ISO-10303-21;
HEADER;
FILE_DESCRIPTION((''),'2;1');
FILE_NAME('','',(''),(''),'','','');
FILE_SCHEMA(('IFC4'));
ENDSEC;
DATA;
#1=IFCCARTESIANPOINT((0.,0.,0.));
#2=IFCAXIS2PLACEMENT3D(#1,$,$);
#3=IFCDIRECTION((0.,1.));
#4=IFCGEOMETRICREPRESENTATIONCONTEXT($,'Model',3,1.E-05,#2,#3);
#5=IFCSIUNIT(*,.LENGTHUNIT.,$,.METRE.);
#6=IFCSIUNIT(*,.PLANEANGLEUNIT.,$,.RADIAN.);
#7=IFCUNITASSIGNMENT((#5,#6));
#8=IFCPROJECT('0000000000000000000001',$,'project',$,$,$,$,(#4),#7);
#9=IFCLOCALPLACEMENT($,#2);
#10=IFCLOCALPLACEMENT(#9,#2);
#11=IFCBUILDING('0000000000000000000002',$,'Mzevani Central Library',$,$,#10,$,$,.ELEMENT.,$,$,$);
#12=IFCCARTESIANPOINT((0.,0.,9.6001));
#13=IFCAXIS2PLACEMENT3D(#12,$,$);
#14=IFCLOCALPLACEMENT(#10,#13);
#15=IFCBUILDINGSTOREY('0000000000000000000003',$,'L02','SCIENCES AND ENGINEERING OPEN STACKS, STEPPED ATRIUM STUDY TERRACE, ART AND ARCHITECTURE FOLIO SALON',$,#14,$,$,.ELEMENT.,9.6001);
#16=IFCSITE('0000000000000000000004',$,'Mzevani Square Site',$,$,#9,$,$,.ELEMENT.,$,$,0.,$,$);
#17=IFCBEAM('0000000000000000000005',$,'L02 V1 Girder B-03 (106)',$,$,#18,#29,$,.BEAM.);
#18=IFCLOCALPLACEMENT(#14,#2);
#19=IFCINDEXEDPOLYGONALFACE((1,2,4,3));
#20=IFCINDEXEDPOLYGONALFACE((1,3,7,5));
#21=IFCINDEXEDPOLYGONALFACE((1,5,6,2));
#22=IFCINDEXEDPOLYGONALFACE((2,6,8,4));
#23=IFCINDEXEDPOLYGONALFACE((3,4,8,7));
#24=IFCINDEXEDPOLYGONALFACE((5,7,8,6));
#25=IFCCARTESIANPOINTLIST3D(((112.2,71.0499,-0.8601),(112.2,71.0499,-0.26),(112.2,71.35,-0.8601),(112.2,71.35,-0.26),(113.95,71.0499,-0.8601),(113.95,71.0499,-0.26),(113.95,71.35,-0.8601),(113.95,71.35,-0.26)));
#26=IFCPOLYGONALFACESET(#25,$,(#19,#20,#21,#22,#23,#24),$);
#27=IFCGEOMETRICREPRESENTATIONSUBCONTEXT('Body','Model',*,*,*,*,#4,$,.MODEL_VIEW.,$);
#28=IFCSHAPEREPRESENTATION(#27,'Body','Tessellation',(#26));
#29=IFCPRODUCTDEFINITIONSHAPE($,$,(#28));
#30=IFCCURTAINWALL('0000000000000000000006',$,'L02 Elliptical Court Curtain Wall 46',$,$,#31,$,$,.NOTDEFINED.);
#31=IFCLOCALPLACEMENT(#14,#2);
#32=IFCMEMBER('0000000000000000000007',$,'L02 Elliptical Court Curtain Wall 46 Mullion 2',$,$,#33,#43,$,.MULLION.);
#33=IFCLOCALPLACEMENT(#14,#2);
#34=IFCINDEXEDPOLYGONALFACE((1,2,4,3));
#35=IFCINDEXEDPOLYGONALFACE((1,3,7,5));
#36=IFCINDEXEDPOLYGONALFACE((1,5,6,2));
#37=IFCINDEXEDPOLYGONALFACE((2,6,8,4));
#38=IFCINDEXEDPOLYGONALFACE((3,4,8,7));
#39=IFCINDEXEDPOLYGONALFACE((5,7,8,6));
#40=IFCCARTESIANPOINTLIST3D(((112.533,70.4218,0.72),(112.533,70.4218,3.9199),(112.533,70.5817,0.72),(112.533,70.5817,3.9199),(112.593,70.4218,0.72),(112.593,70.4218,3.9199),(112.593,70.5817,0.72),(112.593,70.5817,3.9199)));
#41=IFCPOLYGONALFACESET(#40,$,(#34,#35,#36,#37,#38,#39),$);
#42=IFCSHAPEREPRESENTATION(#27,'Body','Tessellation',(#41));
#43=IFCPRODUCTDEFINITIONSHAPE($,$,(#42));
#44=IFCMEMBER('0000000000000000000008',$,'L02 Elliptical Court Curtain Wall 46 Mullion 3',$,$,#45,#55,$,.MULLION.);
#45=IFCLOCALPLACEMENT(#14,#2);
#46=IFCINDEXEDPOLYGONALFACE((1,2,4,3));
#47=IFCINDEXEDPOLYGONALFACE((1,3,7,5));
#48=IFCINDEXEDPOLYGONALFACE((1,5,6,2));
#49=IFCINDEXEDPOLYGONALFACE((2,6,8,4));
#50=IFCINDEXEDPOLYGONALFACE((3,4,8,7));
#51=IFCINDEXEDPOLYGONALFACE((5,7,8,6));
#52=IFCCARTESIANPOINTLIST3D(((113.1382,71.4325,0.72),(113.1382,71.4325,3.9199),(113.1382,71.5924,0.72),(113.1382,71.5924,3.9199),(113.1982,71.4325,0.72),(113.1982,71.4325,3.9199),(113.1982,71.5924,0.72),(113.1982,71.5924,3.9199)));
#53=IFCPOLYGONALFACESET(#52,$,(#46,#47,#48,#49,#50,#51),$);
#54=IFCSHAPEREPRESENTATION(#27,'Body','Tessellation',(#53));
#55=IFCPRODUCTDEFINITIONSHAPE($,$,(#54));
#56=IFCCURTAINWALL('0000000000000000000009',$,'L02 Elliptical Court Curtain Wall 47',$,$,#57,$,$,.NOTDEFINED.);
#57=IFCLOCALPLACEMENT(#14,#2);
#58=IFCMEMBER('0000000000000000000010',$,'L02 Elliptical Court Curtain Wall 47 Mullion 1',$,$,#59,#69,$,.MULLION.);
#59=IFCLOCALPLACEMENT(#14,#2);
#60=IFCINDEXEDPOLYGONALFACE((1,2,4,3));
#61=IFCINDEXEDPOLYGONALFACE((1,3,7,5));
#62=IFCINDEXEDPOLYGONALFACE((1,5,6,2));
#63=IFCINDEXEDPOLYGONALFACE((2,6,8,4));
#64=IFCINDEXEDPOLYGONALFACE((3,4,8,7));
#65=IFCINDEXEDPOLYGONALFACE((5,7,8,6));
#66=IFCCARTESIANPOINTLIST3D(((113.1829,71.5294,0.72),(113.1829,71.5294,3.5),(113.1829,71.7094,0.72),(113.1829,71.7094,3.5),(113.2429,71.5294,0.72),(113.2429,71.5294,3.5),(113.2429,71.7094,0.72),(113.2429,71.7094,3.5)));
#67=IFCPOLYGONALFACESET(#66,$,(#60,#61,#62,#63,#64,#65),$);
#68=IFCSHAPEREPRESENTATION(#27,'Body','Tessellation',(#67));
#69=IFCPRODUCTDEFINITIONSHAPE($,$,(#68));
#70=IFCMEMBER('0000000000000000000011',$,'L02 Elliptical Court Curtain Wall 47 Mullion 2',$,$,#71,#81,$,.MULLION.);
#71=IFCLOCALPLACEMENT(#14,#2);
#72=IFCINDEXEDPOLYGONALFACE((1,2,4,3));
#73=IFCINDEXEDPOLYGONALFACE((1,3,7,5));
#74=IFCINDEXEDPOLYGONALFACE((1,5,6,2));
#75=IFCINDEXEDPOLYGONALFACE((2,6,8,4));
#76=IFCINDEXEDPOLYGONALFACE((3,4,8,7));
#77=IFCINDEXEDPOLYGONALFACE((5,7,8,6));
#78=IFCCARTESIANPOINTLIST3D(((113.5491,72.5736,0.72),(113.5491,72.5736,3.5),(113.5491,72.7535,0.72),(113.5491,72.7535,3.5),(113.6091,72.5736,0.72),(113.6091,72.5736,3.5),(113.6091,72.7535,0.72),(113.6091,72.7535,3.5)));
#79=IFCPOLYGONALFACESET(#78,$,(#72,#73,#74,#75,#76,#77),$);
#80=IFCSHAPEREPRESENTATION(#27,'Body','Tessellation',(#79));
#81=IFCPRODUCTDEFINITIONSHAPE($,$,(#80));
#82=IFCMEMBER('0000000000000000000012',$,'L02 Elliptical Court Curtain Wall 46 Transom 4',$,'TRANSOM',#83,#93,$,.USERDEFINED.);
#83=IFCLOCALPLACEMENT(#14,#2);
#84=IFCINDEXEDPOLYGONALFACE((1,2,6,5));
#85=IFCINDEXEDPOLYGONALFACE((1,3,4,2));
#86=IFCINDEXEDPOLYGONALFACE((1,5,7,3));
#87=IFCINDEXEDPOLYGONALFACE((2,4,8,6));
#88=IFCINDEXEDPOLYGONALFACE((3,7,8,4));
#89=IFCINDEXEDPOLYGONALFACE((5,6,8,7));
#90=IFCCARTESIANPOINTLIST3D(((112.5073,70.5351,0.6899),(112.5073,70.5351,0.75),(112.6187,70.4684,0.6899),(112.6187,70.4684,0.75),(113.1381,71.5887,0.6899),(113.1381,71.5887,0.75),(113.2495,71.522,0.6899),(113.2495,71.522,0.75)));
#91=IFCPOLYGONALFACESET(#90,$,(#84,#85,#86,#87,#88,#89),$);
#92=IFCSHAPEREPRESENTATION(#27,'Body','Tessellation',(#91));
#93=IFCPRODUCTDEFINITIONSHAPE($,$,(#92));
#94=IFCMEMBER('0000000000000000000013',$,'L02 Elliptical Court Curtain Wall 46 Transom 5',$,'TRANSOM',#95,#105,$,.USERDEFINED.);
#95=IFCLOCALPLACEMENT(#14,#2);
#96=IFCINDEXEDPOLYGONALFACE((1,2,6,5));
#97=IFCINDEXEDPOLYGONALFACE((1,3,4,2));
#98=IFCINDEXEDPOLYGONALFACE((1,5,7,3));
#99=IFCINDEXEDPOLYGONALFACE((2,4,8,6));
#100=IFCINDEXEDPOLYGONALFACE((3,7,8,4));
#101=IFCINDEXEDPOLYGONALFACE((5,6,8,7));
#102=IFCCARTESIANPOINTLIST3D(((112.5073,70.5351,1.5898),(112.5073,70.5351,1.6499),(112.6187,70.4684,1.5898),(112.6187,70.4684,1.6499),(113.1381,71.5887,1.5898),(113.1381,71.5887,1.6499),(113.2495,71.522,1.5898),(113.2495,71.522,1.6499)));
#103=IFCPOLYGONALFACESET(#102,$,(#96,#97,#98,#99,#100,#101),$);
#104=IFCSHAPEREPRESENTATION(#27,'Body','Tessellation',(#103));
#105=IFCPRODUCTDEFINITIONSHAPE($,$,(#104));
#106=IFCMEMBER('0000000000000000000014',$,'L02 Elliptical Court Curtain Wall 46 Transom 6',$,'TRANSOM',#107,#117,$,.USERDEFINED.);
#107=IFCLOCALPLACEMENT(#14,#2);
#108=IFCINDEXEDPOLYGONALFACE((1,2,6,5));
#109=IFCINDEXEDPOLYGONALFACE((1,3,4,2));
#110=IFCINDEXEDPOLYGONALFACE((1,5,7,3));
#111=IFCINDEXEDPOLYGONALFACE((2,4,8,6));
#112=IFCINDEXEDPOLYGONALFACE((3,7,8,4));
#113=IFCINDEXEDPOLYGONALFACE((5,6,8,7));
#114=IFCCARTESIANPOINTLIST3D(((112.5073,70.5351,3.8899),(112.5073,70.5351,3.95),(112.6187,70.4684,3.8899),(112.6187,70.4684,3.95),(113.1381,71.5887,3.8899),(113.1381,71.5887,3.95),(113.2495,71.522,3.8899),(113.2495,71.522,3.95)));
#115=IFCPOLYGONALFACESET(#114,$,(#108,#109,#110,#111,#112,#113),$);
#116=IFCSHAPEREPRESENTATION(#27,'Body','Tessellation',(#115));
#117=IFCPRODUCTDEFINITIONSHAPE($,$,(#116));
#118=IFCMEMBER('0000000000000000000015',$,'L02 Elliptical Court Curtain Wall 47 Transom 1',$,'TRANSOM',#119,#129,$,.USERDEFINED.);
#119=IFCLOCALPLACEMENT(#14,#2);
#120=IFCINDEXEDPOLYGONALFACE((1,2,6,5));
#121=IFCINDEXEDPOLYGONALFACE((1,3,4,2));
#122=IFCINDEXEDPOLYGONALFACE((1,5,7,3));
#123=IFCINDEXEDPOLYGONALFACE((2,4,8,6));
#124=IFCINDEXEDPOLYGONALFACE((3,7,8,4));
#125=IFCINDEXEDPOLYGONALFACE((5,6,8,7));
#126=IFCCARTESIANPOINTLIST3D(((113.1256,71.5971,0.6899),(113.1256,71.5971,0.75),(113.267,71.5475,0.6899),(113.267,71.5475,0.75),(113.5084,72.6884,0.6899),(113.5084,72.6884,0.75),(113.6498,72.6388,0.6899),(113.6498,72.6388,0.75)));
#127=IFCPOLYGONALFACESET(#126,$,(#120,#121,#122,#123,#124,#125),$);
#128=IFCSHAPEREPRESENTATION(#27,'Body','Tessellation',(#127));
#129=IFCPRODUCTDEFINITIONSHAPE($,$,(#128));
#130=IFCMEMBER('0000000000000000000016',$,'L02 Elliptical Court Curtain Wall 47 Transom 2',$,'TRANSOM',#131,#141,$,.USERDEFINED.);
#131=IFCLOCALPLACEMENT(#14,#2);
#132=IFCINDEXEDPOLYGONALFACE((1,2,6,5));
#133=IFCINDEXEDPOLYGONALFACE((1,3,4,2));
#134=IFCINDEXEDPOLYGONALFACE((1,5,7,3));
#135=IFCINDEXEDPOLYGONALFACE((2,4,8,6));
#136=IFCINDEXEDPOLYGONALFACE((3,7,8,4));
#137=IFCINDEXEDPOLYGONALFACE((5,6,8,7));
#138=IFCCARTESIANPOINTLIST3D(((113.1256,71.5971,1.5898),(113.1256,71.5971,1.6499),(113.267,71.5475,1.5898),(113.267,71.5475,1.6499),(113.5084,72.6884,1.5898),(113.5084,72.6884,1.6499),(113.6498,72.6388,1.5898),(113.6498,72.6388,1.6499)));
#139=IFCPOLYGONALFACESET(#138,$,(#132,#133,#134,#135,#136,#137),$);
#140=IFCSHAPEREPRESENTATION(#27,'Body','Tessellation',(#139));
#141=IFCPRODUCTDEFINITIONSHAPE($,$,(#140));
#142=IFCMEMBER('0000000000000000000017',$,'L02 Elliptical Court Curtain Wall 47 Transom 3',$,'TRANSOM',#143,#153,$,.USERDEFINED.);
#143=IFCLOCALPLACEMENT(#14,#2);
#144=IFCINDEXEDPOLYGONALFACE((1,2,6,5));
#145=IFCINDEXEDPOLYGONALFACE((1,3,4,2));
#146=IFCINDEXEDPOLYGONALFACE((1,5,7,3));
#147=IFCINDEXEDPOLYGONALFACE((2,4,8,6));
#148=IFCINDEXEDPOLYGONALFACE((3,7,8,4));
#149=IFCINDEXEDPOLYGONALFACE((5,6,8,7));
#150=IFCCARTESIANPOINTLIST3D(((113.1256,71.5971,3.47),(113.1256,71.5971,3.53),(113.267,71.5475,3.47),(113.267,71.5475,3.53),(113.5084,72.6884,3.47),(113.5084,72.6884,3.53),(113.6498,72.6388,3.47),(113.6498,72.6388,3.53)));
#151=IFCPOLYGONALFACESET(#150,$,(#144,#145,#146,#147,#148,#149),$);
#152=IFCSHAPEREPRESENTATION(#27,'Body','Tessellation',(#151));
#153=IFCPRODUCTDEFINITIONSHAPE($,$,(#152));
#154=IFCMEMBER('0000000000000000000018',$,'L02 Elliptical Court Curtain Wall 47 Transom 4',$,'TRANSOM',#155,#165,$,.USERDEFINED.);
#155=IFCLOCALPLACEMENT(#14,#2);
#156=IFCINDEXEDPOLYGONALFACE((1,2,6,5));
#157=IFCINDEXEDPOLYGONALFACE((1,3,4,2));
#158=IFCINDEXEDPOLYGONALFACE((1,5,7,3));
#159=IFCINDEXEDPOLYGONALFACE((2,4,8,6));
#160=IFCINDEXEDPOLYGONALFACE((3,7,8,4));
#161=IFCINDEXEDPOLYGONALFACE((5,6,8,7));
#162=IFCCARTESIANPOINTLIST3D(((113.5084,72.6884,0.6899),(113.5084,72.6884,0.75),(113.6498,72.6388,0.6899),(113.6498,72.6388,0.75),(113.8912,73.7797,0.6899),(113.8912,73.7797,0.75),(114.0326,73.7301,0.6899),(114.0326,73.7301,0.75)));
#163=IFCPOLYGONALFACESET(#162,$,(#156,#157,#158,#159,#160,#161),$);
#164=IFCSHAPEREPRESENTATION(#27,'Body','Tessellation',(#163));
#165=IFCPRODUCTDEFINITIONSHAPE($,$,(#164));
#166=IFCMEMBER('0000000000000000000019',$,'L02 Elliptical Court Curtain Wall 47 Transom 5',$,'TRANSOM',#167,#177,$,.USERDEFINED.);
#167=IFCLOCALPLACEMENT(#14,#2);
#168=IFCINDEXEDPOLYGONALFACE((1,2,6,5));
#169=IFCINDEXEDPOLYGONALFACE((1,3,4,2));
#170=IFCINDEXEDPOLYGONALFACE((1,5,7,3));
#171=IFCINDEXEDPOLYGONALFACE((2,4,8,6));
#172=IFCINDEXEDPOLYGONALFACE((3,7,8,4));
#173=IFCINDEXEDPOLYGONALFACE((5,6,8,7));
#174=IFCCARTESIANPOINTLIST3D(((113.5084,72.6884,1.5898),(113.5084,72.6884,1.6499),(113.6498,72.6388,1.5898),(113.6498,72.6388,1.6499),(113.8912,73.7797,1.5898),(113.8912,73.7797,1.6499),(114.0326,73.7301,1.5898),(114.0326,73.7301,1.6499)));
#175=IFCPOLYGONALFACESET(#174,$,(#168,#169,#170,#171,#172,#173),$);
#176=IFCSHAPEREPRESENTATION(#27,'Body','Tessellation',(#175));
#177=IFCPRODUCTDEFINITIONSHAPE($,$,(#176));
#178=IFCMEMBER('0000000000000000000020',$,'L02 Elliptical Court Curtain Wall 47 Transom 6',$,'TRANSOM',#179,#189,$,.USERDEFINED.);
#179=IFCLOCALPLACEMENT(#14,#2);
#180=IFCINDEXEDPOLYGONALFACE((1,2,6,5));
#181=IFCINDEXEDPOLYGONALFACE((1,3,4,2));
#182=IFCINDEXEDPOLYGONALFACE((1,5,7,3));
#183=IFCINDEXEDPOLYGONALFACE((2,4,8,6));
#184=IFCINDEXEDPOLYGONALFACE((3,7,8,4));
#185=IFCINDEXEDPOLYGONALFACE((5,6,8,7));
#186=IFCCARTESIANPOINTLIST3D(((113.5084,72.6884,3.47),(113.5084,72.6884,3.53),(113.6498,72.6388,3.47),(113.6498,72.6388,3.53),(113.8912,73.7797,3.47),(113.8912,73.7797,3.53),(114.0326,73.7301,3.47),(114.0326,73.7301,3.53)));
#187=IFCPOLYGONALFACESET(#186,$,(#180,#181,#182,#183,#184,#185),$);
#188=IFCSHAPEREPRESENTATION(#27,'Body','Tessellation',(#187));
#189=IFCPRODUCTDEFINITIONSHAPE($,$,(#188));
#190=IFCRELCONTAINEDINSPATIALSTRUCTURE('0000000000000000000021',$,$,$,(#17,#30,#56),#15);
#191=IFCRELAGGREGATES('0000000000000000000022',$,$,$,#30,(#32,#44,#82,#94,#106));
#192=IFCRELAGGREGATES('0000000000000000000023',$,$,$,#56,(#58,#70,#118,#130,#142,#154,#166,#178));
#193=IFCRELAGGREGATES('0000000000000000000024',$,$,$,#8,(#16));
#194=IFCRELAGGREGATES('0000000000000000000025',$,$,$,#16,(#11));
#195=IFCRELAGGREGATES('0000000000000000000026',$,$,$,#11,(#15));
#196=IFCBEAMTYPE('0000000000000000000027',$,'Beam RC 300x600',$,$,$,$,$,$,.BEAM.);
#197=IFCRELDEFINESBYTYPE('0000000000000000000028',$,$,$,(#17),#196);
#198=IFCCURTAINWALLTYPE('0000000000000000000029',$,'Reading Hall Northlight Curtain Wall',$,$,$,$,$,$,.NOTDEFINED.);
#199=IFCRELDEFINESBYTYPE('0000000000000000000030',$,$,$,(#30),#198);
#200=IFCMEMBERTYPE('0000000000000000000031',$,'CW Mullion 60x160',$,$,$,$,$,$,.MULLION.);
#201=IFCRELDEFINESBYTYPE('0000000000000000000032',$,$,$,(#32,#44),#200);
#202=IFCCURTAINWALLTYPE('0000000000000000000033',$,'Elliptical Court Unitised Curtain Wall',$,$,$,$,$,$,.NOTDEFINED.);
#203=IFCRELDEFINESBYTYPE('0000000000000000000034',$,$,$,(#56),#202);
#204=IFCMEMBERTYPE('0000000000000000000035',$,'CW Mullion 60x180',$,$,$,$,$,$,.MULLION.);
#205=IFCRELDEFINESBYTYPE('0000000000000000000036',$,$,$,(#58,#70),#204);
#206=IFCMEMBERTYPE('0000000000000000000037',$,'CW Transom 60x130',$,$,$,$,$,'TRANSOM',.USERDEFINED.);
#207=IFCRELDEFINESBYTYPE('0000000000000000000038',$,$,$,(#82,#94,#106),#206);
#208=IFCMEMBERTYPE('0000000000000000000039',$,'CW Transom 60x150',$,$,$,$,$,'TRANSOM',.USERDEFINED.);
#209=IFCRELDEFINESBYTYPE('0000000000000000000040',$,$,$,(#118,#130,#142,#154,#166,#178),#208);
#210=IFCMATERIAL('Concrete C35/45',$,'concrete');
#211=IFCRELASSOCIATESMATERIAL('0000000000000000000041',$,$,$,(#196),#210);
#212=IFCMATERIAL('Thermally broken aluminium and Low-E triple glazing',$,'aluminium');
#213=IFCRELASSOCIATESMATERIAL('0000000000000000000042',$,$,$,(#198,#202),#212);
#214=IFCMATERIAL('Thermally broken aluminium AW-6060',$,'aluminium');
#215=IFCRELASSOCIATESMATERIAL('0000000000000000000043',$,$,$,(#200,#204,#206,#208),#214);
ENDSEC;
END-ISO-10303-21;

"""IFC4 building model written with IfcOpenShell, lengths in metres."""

from ifc_helpers import new_model, si_unit, direction, frame, origin, origin_2d, place, context, subcontext, project, spatial, rectangle, extrude, material, material_profile, profile_set, type_object, element, aggregate, save


model = new_model("IFC4")

# Units and contexts
model_context = context("Model", 3, precision=1e-05, world=origin(), true_north=direction((0.0, 1.0)))
body_context = subcontext(model_context, "Body", "Model", "MODEL_VIEW")
ifc_project = project(units=[si_unit("LENGTHUNIT", "METRE"), si_unit("PLANEANGLEUNIT", "RADIAN")], contexts=[model_context])

# Site, building, storey
site_placement = place(None, origin())
site = spatial("IfcSite", under=ifc_project, at=site_placement, Name="Mzevani Square Site", CompositionType="ELEMENT", RefElevation=0.0)
building_placement = place(site_placement, origin())
building = spatial("IfcBuilding", under=site, at=building_placement, Name="Mzevani Central Library", CompositionType="ELEMENT")
storey_placement = place(building_placement, frame((0.0, 0.0, 9.6001)))
storey = spatial("IfcBuildingStorey", under=building, at=storey_placement, Name="L02", Description="SCIENCES AND ENGINEERING OPEN STACKS, STEPPED ATRIUM STUDY TERRACE, ART AND ARCHITECTURE FOLIO SALON", CompositionType="ELEMENT", Elevation=9.6001)

# Beam
ifc_material_1 = material(Name="Concrete C35/45", Category="concrete")
ifc_material_profile_1 = material_profile(ifc_material_1, rectangle(XDim=0.3, YDim=0.6001, at=origin_2d()), Name="RC B300x600")
ifc_profile_set_1 = profile_set([ifc_material_profile_1], Name="Concrete C35/45")
beam_type = type_object("IfcBeamType", Name="Beam RC 300x600", PredefinedType="BEAM", material=ifc_profile_set_1)
beam_placement = place(storey_placement, frame((112.2, 71.2, -0.5601), z_axis=(1.0, 0.0, 0.0), x_axis=(0.0, 1.0, 0.0)))
element("IfcBeam", 1, at=beam_placement, inside=storey, type_object=beam_type, Name="L02 V1 Girder B-03 (106)", PredefinedType="BEAM", context=body_context, shape_type="SweptSolid", body=[
    extrude(rectangle(XDim=0.3, YDim=0.6001, at=origin_2d()), origin(), (0.0, 0.0, 1.0), 1.75),
])

# Curtain walls, members
ifc_material_2 = material(Name="Thermally broken aluminium and Low-E triple glazing", Category="aluminium")
curtain_wall_type_1 = type_object("IfcCurtainWallType", Name="Reading Hall Northlight Curtain Wall", PredefinedType="NOTDEFINED", material=ifc_material_2)
curtain_wall_1_placement = place(storey_placement, origin())
curtain_wall_1 = element("IfcCurtainWall", 2, at=curtain_wall_1_placement, inside=storey, type_object=curtain_wall_type_1, Name="L02 Elliptical Court Curtain Wall 46", PredefinedType="NOTDEFINED")
ifc_material_3 = material(Name="Thermally broken aluminium AW-6060", Category="aluminium")
ifc_material_profile_2 = material_profile(ifc_material_3, rectangle(XDim=0.0601, YDim=0.1599, at=origin_2d()), Name="ALU M60x160")
ifc_profile_set_2 = profile_set([ifc_material_profile_2], Name="Thermally broken aluminium AW-6060")
member_type_1 = type_object("IfcMemberType", Name="CW Mullion 60x160", PredefinedType="MULLION", material=ifc_profile_set_2)
member_1_placement = place(storey_placement, frame((112.563, 70.5017, 0.72), z_axis=(0.0, 0.0, 1.0), x_axis=(1.0, 0.0, 0.0)))
member_1 = element("IfcMember", 3, at=member_1_placement, type_object=member_type_1, Name="L02 Elliptical Court Curtain Wall 46 Mullion 2", PredefinedType="MULLION", context=body_context, shape_type="SweptSolid", body=[
    extrude(rectangle(XDim=0.0601, YDim=0.1599, at=origin_2d()), origin(), (0.0, 0.0, 1.0), 3.2),
])
member_2_placement = place(storey_placement, frame((113.1682, 71.5125, 0.72), z_axis=(0.0, 0.0, 1.0), x_axis=(1.0, 0.0, 0.0)))
member_2 = element("IfcMember", 4, at=member_2_placement, type_object=member_type_1, Name="L02 Elliptical Court Curtain Wall 46 Mullion 3", PredefinedType="MULLION", context=body_context, shape_type="SweptSolid", body=[
    extrude(rectangle(XDim=0.0601, YDim=0.1599, at=origin_2d()), origin(), (0.0, 0.0, 1.0), 3.2),
])
curtain_wall_type_2 = type_object("IfcCurtainWallType", Name="Elliptical Court Unitised Curtain Wall", PredefinedType="NOTDEFINED", material=ifc_material_2)
curtain_wall_2_placement = place(storey_placement, origin())
curtain_wall_2 = element("IfcCurtainWall", 5, at=curtain_wall_2_placement, inside=storey, type_object=curtain_wall_type_2, Name="L02 Elliptical Court Curtain Wall 47", PredefinedType="NOTDEFINED")
ifc_material_profile_3 = material_profile(ifc_material_3, rectangle(XDim=0.0601, YDim=0.1799, at=origin_2d()), Name="ALU M60x180")
ifc_profile_set_3 = profile_set([ifc_material_profile_3], Name="Thermally broken aluminium AW-6060")
member_type_2 = type_object("IfcMemberType", Name="CW Mullion 60x180", PredefinedType="MULLION", material=ifc_profile_set_3)
member_3_placement = place(storey_placement, frame((113.2129, 71.6194, 0.72), z_axis=(0.0, 0.0, 1.0), x_axis=(1.0, 0.0, 0.0)))
member_3 = element("IfcMember", 6, at=member_3_placement, type_object=member_type_2, Name="L02 Elliptical Court Curtain Wall 47 Mullion 1", PredefinedType="MULLION", context=body_context, shape_type="SweptSolid", body=[
    extrude(rectangle(XDim=0.0601, YDim=0.1799, at=origin_2d()), origin(), (0.0, 0.0, 1.0), 2.78),
])
member_4_placement = place(storey_placement, frame((113.5791, 72.6636, 0.72), z_axis=(0.0, 0.0, 1.0), x_axis=(1.0, 0.0, 0.0)))
member_4 = element("IfcMember", 7, at=member_4_placement, type_object=member_type_2, Name="L02 Elliptical Court Curtain Wall 47 Mullion 2", PredefinedType="MULLION", context=body_context, shape_type="SweptSolid", body=[
    extrude(rectangle(XDim=0.0601, YDim=0.1799, at=origin_2d()), origin(), (0.0, 0.0, 1.0), 2.78),
])

# Members
ifc_material_profile_4 = material_profile(ifc_material_3, rectangle(XDim=0.1299, YDim=0.0601, at=origin_2d()), Name="ALU T60x130")
ifc_profile_set_4 = profile_set([ifc_material_profile_4], Name="Thermally broken aluminium AW-6060")
member_type_3 = type_object("IfcMemberType", Name="CW Transom 60x130", ElementType="TRANSOM", PredefinedType="USERDEFINED", material=ifc_profile_set_4)
member_5_placement = place(storey_placement, frame((112.563, 70.5017, 0.72), z_axis=(0.513677, 0.857984, 0.0), x_axis=(-0.857984, 0.513677, 0.0)))
member_5 = element("IfcMember", 8, at=member_5_placement, type_object=member_type_3, Name="L02 Elliptical Court Curtain Wall 46 Transom 4", ObjectType="TRANSOM", PredefinedType="USERDEFINED", context=body_context, shape_type="SweptSolid", body=[
    extrude(rectangle(XDim=0.1299, YDim=0.0601, at=origin_2d()), origin(), (0.0, 0.0, 1.0), 1.228),
])
member_6_placement = place(storey_placement, frame((112.563, 70.5017, 1.6199), z_axis=(0.513677, 0.857984, 0.0), x_axis=(-0.857984, 0.513677, 0.0)))
member_6 = element("IfcMember", 9, at=member_6_placement, type_object=member_type_3, Name="L02 Elliptical Court Curtain Wall 46 Transom 5", ObjectType="TRANSOM", PredefinedType="USERDEFINED", context=body_context, shape_type="SweptSolid", body=[
    extrude(rectangle(XDim=0.1299, YDim=0.0601, at=origin_2d()), origin(), (0.0, 0.0, 1.0), 1.228),
])
member_7_placement = place(storey_placement, frame((112.563, 70.5017, 3.9199), z_axis=(0.513677, 0.857984, 0.0), x_axis=(-0.857984, 0.513677, 0.0)))
member_7 = element("IfcMember", 10, at=member_7_placement, type_object=member_type_3, Name="L02 Elliptical Court Curtain Wall 46 Transom 6", ObjectType="TRANSOM", PredefinedType="USERDEFINED", context=body_context, shape_type="SweptSolid", body=[
    extrude(rectangle(XDim=0.1299, YDim=0.0601, at=origin_2d()), origin(), (0.0, 0.0, 1.0), 1.228),
])
ifc_material_profile_5 = material_profile(ifc_material_3, rectangle(XDim=0.1499, YDim=0.0601, at=origin_2d()), Name="ALU T60x150")
ifc_profile_set_5 = profile_set([ifc_material_profile_5], Name="Thermally broken aluminium AW-6060")
member_type_4 = type_object("IfcMemberType", Name="CW Transom 60x150", ElementType="TRANSOM", PredefinedType="USERDEFINED", material=ifc_profile_set_5)
member_8_placement = place(storey_placement, frame((113.1963, 71.5723, 0.72), z_axis=(0.331009, 0.943628, 0.0), x_axis=(-0.943628, 0.331009, 0.0)))
member_8 = element("IfcMember", 11, at=member_8_placement, type_object=member_type_4, Name="L02 Elliptical Court Curtain Wall 47 Transom 1", ObjectType="TRANSOM", PredefinedType="USERDEFINED", context=body_context, shape_type="SweptSolid", body=[
    extrude(rectangle(XDim=0.1499, YDim=0.0601, at=origin_2d()), origin(), (0.0, 0.0, 1.0), 1.1565),
])
member_9_placement = place(storey_placement, frame((113.1963, 71.5723, 1.6199), z_axis=(0.331009, 0.943628, 0.0), x_axis=(-0.943628, 0.331009, 0.0)))
member_9 = element("IfcMember", 12, at=member_9_placement, type_object=member_type_4, Name="L02 Elliptical Court Curtain Wall 47 Transom 2", ObjectType="TRANSOM", PredefinedType="USERDEFINED", context=body_context, shape_type="SweptSolid", body=[
    extrude(rectangle(XDim=0.1499, YDim=0.0601, at=origin_2d()), origin(), (0.0, 0.0, 1.0), 1.1565),
])
member_10_placement = place(storey_placement, frame((113.1963, 71.5723, 3.5), z_axis=(0.331009, 0.943628, 0.0), x_axis=(-0.943628, 0.331009, 0.0)))
member_10 = element("IfcMember", 13, at=member_10_placement, type_object=member_type_4, Name="L02 Elliptical Court Curtain Wall 47 Transom 3", ObjectType="TRANSOM", PredefinedType="USERDEFINED", context=body_context, shape_type="SweptSolid", body=[
    extrude(rectangle(XDim=0.1499, YDim=0.0601, at=origin_2d()), origin(), (0.0, 0.0, 1.0), 1.1565),
])
member_11_placement = place(storey_placement, frame((113.5791, 72.6636, 0.72), z_axis=(0.331009, 0.943628, 0.0), x_axis=(-0.943628, 0.331009, 0.0)))
member_11 = element("IfcMember", 14, at=member_11_placement, type_object=member_type_4, Name="L02 Elliptical Court Curtain Wall 47 Transom 4", ObjectType="TRANSOM", PredefinedType="USERDEFINED", context=body_context, shape_type="SweptSolid", body=[
    extrude(rectangle(XDim=0.1499, YDim=0.0601, at=origin_2d()), origin(), (0.0, 0.0, 1.0), 1.1565),
])
member_12_placement = place(storey_placement, frame((113.5791, 72.6636, 1.6199), z_axis=(0.331009, 0.943628, 0.0), x_axis=(-0.943628, 0.331009, 0.0)))
member_12 = element("IfcMember", 15, at=member_12_placement, type_object=member_type_4, Name="L02 Elliptical Court Curtain Wall 47 Transom 5", ObjectType="TRANSOM", PredefinedType="USERDEFINED", context=body_context, shape_type="SweptSolid", body=[
    extrude(rectangle(XDim=0.1499, YDim=0.0601, at=origin_2d()), origin(), (0.0, 0.0, 1.0), 1.1565),
])
member_13_placement = place(storey_placement, frame((113.5791, 72.6636, 3.5), z_axis=(0.331009, 0.943628, 0.0), x_axis=(-0.943628, 0.331009, 0.0)))
member_13 = element("IfcMember", 16, at=member_13_placement, type_object=member_type_4, Name="L02 Elliptical Court Curtain Wall 47 Transom 6", ObjectType="TRANSOM", PredefinedType="USERDEFINED", context=body_context, shape_type="SweptSolid", body=[
    extrude(rectangle(XDim=0.1499, YDim=0.0601, at=origin_2d()), origin(), (0.0, 0.0, 1.0), 1.1565),
])

aggregate(curtain_wall_1, [member_1, member_2, member_5, member_6, member_7])
aggregate(curtain_wall_2, [member_3, member_4, member_8, member_9, member_10, member_11, member_12, member_13])

save(model, "model.ifc")
